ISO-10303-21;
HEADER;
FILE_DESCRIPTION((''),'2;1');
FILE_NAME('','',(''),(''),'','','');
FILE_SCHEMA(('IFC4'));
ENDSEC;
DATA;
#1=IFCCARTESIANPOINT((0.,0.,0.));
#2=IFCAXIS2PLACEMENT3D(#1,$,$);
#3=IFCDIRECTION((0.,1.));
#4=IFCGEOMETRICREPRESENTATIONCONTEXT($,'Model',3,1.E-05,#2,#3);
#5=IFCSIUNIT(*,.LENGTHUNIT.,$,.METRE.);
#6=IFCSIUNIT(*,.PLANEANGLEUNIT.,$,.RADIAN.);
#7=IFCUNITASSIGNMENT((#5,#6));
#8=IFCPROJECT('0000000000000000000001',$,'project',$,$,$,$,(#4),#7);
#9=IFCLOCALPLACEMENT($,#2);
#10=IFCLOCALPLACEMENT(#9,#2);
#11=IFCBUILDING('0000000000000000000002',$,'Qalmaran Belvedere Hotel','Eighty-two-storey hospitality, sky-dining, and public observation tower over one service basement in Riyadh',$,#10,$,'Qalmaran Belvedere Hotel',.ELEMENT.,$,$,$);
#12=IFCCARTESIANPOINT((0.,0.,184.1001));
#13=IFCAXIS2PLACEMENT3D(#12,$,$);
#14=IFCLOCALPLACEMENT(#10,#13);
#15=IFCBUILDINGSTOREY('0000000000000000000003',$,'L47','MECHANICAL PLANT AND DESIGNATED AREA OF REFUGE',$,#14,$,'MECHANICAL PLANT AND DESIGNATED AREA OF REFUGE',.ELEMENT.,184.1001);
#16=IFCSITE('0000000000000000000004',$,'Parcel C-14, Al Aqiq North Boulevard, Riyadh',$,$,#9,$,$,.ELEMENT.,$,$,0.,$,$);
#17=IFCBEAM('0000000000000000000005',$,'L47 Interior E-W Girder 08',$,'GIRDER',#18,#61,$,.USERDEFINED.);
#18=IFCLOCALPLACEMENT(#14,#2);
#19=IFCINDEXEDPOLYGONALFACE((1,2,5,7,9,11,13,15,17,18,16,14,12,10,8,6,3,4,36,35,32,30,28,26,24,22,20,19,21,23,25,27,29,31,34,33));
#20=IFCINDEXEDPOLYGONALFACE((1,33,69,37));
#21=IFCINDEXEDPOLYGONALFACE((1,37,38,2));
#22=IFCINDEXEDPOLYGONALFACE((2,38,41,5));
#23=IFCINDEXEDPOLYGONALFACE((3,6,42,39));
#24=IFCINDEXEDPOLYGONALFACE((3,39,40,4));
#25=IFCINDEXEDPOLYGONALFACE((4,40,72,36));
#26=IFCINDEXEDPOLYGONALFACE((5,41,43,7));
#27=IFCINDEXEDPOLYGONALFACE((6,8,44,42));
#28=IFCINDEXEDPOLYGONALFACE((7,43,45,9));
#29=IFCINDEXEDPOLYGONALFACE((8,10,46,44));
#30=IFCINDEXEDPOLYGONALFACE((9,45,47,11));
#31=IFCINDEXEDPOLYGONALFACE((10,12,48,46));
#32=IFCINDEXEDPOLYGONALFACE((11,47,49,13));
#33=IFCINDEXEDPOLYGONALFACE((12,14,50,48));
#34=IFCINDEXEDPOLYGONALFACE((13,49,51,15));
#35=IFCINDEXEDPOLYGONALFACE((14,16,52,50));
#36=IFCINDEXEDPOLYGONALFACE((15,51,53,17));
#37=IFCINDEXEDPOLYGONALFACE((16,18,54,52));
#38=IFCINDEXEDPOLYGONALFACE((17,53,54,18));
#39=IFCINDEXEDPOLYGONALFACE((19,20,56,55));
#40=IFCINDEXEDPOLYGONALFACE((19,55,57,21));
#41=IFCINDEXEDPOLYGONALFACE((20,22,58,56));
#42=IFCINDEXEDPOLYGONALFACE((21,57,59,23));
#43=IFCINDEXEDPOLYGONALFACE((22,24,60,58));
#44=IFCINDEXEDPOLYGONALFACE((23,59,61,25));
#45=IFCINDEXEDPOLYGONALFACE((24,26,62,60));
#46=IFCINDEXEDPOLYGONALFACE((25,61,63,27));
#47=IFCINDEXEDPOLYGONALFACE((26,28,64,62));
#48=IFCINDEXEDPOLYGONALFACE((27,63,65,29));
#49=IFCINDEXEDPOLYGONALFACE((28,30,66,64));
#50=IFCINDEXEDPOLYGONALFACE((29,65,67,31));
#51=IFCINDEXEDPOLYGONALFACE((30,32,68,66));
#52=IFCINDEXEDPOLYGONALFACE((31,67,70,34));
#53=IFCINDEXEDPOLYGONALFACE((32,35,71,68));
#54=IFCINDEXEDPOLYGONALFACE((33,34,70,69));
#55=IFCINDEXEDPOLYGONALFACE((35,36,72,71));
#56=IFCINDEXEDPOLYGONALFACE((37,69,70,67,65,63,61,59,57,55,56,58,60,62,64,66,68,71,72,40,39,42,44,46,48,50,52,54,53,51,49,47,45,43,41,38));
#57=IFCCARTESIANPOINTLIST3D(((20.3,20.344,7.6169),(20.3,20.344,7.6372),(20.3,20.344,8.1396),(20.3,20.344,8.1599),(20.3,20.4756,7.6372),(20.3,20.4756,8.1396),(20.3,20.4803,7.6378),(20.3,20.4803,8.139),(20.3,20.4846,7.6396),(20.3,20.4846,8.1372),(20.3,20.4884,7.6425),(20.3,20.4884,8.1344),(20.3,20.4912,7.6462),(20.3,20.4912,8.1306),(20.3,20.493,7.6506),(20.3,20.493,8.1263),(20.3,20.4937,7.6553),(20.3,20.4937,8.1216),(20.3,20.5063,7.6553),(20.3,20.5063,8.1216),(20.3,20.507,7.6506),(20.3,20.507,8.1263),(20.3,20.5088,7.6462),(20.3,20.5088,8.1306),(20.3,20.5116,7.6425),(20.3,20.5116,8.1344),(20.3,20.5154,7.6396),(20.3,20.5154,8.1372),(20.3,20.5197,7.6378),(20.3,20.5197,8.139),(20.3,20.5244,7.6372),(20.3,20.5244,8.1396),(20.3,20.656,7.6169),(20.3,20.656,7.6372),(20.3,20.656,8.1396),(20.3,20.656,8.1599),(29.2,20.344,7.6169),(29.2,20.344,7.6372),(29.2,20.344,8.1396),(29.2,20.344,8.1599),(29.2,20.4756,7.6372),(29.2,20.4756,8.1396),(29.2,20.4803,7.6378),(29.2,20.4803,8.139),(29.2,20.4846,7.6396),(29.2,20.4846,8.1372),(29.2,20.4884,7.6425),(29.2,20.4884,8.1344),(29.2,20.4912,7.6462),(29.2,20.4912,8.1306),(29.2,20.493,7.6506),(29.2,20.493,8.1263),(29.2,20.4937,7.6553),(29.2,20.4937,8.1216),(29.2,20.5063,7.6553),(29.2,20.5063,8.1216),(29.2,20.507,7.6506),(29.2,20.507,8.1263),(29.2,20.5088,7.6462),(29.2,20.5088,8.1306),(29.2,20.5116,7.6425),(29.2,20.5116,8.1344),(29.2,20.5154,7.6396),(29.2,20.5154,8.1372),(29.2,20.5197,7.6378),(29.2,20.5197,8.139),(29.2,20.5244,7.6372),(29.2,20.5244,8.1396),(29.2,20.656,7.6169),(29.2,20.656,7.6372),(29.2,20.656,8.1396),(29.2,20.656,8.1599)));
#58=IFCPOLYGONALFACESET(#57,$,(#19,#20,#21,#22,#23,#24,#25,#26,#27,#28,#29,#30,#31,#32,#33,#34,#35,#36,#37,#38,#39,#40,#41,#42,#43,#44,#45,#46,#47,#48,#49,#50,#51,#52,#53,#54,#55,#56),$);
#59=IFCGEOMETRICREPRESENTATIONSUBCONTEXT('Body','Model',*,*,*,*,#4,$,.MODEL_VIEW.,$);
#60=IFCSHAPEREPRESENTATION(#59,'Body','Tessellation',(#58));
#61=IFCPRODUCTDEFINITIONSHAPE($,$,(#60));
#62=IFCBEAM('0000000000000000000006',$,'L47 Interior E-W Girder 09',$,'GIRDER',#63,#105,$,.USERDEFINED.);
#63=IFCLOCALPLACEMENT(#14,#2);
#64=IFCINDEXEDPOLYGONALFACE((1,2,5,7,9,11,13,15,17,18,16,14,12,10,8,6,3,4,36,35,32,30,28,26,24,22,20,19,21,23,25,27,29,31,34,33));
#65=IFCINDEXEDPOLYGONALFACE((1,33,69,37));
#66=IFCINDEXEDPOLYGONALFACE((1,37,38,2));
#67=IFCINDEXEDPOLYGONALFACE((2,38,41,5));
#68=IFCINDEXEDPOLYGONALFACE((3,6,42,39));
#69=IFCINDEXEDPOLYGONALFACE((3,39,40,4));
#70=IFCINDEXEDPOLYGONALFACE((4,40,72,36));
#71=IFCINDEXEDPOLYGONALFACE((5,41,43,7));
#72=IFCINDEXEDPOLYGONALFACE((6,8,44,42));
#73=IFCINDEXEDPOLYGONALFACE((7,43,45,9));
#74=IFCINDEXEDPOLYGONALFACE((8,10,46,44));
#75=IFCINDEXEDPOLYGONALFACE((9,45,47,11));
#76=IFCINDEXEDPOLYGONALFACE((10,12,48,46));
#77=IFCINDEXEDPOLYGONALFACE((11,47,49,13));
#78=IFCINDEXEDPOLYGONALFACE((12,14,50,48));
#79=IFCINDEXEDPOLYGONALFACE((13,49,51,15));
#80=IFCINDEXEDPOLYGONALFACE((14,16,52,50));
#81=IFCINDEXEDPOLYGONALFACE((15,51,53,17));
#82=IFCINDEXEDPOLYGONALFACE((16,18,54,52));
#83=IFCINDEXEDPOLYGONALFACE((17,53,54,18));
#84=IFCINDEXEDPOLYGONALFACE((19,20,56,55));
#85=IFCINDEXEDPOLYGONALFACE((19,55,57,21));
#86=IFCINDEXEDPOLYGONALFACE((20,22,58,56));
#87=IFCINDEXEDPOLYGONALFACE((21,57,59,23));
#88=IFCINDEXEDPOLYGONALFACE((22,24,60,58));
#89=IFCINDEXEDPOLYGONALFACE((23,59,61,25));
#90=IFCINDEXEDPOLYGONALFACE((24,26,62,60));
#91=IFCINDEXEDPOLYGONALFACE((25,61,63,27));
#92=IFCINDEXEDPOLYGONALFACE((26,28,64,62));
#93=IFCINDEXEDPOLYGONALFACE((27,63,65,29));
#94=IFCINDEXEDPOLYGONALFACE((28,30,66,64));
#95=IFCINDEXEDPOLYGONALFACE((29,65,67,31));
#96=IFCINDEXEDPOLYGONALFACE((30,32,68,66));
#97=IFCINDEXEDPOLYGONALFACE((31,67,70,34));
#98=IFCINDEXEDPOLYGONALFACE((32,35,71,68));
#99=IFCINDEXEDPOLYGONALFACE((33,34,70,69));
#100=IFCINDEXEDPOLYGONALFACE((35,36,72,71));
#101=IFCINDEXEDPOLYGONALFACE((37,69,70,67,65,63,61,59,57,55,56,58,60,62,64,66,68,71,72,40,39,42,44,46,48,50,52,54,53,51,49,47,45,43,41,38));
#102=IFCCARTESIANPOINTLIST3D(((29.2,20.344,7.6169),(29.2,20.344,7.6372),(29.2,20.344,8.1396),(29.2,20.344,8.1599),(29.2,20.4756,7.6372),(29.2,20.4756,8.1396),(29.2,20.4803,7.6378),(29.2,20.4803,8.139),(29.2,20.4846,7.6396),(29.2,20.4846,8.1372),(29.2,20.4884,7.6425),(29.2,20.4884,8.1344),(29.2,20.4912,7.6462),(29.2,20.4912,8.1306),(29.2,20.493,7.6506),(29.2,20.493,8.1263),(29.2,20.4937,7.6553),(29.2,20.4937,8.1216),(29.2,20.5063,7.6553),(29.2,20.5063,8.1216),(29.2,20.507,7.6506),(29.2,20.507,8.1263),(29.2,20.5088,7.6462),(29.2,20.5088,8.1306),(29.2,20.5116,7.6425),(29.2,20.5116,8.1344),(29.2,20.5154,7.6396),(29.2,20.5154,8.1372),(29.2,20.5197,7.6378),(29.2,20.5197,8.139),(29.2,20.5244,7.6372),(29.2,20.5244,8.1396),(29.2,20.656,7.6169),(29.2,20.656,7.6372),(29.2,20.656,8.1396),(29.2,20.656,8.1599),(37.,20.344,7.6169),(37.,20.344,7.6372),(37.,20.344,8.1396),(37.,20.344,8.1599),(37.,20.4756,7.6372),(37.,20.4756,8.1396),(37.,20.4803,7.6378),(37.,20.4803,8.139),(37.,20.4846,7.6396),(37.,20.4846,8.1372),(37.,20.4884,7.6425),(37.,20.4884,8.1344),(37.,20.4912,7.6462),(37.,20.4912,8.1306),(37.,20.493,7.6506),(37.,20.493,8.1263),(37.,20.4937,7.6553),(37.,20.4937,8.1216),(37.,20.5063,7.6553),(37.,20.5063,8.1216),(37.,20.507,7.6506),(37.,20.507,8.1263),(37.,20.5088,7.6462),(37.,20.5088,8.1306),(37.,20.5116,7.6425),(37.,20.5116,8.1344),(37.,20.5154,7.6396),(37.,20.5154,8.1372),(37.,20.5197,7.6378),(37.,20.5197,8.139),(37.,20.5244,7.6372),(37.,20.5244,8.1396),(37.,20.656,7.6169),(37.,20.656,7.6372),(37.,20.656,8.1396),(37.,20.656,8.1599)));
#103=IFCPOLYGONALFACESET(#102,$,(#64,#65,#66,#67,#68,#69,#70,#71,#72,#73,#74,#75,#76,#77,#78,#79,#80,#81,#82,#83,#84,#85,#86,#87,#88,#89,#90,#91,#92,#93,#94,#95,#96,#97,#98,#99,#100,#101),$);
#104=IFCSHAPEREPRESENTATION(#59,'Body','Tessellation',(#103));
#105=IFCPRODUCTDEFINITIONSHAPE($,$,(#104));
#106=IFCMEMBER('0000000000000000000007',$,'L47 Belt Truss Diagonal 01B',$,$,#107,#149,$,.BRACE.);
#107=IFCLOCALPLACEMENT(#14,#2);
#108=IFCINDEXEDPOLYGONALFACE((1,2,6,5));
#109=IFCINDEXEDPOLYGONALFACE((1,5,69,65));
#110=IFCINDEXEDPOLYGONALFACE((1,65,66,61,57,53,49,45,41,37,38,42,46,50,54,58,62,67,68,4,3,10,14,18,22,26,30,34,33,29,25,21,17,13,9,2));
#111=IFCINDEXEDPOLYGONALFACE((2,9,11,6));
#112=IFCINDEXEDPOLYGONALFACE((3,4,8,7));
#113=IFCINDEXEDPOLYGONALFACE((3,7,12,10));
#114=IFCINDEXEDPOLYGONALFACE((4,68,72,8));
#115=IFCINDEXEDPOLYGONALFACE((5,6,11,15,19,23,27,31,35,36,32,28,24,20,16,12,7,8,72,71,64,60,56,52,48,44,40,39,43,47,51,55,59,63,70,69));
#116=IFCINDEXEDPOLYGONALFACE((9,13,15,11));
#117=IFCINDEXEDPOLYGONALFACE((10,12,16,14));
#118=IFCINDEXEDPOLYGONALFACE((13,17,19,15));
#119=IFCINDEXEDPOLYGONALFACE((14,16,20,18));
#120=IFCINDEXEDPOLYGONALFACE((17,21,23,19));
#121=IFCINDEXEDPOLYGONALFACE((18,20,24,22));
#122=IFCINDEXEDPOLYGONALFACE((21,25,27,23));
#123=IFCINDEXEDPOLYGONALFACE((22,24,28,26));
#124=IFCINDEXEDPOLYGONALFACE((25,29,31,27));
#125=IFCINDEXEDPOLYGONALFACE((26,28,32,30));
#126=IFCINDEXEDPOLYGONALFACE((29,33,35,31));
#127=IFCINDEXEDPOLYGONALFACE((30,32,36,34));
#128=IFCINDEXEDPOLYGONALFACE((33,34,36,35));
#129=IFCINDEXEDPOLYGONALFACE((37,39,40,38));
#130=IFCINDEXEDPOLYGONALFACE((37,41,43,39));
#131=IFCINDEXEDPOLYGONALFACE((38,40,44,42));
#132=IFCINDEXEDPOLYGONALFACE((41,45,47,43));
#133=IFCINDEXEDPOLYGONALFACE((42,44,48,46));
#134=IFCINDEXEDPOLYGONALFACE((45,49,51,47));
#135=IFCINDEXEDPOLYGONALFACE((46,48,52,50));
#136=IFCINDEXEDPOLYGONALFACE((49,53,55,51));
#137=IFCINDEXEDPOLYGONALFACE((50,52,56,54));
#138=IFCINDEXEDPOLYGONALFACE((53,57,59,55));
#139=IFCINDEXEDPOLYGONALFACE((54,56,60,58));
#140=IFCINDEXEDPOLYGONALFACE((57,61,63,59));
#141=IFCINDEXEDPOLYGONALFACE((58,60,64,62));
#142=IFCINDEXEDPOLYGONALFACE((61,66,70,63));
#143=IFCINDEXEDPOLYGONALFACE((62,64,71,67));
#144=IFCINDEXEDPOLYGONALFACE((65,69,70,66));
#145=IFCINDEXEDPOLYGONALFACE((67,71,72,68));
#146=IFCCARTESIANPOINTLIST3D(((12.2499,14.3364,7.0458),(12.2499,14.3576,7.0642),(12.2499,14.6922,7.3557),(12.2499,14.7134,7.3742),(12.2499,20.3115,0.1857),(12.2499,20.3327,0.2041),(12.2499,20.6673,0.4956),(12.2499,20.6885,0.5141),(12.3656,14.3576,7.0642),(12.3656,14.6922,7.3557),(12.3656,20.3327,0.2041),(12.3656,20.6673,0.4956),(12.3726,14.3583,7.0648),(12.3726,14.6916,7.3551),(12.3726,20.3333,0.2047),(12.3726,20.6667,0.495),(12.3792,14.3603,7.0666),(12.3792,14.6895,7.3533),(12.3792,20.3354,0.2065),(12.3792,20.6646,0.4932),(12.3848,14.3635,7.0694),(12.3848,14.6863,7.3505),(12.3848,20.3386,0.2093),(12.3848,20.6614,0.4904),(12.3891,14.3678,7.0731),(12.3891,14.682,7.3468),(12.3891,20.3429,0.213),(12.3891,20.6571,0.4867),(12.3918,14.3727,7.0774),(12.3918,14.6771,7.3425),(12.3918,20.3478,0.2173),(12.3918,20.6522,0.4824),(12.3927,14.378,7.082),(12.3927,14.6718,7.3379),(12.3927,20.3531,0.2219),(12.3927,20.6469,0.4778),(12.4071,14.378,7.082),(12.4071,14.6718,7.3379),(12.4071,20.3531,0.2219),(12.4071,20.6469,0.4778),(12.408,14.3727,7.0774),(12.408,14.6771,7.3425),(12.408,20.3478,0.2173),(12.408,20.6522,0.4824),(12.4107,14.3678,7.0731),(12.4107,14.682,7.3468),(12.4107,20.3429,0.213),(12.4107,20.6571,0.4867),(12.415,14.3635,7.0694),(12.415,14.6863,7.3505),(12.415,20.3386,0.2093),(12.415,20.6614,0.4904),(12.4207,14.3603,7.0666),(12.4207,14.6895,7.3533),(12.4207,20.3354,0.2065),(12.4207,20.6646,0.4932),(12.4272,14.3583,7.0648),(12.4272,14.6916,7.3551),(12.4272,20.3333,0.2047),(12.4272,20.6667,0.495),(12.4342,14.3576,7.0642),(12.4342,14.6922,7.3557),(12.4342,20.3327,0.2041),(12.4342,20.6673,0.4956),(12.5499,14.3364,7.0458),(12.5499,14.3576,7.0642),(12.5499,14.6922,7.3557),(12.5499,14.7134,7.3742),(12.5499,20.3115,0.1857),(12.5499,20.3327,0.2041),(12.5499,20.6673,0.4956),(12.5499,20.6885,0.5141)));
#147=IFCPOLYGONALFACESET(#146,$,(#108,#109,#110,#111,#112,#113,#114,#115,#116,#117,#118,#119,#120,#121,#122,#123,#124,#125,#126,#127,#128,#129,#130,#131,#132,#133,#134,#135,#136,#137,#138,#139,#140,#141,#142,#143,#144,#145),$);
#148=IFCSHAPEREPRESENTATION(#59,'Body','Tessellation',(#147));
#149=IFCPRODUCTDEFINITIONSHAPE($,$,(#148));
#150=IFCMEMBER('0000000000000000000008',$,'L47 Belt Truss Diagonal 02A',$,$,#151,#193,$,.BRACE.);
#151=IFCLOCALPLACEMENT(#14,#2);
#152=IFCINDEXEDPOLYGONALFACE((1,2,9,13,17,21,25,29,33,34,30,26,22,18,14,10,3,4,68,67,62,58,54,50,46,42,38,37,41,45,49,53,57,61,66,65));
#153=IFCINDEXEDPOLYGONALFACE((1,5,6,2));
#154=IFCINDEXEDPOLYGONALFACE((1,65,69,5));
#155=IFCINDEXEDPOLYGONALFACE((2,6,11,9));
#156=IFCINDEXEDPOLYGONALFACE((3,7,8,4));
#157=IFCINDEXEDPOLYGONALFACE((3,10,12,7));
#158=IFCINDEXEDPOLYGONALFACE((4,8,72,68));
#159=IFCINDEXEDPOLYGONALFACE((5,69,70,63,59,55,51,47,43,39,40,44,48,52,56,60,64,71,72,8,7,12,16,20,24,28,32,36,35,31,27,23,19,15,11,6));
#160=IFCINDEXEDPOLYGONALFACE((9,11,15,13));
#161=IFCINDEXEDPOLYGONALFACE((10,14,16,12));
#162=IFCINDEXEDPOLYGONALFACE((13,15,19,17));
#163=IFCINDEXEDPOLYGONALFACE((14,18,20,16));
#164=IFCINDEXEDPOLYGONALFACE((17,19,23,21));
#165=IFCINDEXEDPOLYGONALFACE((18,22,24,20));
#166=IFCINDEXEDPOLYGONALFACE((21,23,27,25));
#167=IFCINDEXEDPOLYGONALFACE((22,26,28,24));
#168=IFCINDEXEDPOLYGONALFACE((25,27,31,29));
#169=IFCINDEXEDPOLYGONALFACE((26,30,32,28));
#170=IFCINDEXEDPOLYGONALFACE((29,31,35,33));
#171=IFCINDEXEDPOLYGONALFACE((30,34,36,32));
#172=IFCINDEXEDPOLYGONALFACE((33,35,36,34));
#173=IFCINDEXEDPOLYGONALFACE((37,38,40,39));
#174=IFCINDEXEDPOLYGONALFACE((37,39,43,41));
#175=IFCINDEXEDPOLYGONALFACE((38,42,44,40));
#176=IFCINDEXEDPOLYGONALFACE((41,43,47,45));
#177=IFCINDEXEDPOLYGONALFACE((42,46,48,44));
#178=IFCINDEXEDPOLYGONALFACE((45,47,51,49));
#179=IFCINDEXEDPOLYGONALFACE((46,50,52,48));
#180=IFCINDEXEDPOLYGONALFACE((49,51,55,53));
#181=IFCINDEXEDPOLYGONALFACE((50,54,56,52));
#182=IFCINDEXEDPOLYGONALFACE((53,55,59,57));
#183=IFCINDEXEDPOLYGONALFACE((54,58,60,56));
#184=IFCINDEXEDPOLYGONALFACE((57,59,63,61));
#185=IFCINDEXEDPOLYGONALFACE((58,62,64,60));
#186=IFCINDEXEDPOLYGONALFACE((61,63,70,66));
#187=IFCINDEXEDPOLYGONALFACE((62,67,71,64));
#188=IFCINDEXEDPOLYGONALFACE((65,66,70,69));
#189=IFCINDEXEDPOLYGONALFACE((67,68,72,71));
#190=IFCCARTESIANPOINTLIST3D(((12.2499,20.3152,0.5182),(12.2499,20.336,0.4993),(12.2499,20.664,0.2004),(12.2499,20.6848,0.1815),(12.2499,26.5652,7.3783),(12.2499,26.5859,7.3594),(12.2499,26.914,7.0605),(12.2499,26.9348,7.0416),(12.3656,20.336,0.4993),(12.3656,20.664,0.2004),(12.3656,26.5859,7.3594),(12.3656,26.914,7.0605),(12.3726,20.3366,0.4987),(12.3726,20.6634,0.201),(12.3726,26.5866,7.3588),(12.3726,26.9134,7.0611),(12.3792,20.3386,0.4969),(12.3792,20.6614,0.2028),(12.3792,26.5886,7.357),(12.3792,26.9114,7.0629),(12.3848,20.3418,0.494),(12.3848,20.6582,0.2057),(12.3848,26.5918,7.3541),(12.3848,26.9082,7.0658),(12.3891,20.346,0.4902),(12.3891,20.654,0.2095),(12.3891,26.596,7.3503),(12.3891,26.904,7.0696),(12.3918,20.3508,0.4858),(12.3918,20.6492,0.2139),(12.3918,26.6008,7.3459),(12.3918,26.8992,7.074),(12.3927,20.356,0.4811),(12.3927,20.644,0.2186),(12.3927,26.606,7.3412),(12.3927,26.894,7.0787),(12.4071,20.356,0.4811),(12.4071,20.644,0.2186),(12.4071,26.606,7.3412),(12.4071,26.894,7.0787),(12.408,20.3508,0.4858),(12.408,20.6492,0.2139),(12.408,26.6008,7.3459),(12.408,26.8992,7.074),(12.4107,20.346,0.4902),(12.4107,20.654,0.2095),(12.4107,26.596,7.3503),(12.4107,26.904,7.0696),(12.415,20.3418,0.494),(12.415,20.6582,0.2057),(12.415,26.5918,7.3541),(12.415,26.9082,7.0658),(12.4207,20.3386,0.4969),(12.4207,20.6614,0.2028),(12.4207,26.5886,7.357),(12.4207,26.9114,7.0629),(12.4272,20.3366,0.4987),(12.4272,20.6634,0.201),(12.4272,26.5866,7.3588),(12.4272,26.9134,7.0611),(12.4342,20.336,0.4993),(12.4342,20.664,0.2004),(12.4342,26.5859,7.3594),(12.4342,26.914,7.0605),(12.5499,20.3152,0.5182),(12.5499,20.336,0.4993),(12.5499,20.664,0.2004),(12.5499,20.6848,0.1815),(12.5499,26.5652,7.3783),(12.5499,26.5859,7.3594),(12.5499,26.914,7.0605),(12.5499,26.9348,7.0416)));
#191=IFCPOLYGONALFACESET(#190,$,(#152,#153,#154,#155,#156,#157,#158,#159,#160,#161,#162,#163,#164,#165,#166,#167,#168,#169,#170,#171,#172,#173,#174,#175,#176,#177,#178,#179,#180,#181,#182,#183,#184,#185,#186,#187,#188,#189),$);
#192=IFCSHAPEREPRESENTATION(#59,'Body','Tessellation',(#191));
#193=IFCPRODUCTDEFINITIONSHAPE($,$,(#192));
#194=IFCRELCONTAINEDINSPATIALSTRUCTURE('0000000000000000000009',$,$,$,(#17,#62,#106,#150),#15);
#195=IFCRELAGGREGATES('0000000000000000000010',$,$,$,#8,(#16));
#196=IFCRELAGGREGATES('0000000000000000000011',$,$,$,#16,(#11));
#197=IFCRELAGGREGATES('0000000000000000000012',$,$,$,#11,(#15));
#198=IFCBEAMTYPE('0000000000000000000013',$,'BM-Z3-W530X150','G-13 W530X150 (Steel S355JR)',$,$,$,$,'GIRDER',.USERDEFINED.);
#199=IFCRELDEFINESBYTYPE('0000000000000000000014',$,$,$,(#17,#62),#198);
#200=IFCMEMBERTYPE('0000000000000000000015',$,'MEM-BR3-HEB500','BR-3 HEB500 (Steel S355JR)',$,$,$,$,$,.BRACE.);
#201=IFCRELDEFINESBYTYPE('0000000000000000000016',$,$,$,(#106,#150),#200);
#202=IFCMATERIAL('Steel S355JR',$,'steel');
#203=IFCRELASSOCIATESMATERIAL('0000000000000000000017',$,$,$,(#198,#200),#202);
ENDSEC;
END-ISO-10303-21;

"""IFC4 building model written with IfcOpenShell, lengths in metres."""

from ifc_helpers import new_model, si_unit, direction, frame, origin, origin_2d, place, context, subcontext, project, spatial, i_section, extrude, material, material_profile, profile_set, type_object, element, save


model = new_model("IFC4")

# Units and contexts
model_context = context("Model", 3, precision=1e-05, world=origin(), true_north=direction((0.0, 1.0)))
body_context = subcontext(model_context, "Body", "Model", "MODEL_VIEW")
ifc_project = project(units=[si_unit("LENGTHUNIT", "METRE"), si_unit("PLANEANGLEUNIT", "RADIAN")], contexts=[model_context])

# Site, building, storey
site_placement = place(None, origin())
site = spatial("IfcSite", under=ifc_project, at=site_placement, Name="Parcel C-14, Al Aqiq North Boulevard, Riyadh", CompositionType="ELEMENT", RefElevation=0.0)
building_placement = place(site_placement, origin())
building = spatial("IfcBuilding", under=site, at=building_placement, Name="Qalmaran Belvedere Hotel", Description="Eighty-two-storey hospitality, sky-dining, and public observation tower over one service basement in Riyadh", LongName="Qalmaran Belvedere Hotel", CompositionType="ELEMENT")
storey_placement = place(building_placement, frame((0.0, 0.0, 184.1001)))
storey = spatial("IfcBuildingStorey", under=building, at=storey_placement, Name="L47", Description="MECHANICAL PLANT AND DESIGNATED AREA OF REFUGE", LongName="MECHANICAL PLANT AND DESIGNATED AREA OF REFUGE", CompositionType="ELEMENT", Elevation=184.1001)

# Beams
ifc_material_1 = material(Name="Steel S355JR", Category="steel")
ifc_material_profile_1 = material_profile(ifc_material_1, i_section(OverallWidth=0.312, OverallDepth=0.543, WebThickness=0.0127, FlangeThickness=0.0203, FilletRadius=0.0181, at=origin_2d()), Name="W530X150")
ifc_profile_set_1 = profile_set([ifc_material_profile_1], Name="Steel S355JR")
beam_type_1 = type_object("IfcBeamType", Name="BM-Z3-W530X150", Description="G-13 W530X150 (Steel S355JR)", ElementType="GIRDER", PredefinedType="USERDEFINED", material=ifc_profile_set_1)
beam_1_placement = place(storey_placement, frame((20.3, 20.5, 7.8884), z_axis=(1.0, 0.0, 0.0), x_axis=(0.0, 1.0, 0.0)))
element("IfcBeam", 1, at=beam_1_placement, inside=storey, type_object=beam_type_1, Name="L47 Interior E-W Girder 08", ObjectType="GIRDER", PredefinedType="USERDEFINED", context=body_context, shape_type="SweptSolid", body=[
    extrude(i_section(OverallWidth=0.312, OverallDepth=0.543, WebThickness=0.0127, FlangeThickness=0.0203, FilletRadius=0.0181, at=origin_2d()), origin(), (0.0, 0.0, 1.0), 8.8999),
])
beam_2_placement = place(storey_placement, frame((29.2, 20.5, 7.8884), z_axis=(1.0, 0.0, 0.0), x_axis=(0.0, 1.0, 0.0)))
element("IfcBeam", 2, at=beam_2_placement, inside=storey, type_object=beam_type_1, Name="L47 Interior E-W Girder 09", ObjectType="GIRDER", PredefinedType="USERDEFINED", context=body_context, shape_type="SweptSolid", body=[
    extrude(i_section(OverallWidth=0.312, OverallDepth=0.543, WebThickness=0.0127, FlangeThickness=0.0203, FilletRadius=0.0181, at=origin_2d()), origin(), (0.0, 0.0, 1.0), 7.8),
])

# Members
ifc_material_profile_2 = material_profile(ifc_material_1, i_section(OverallWidth=0.3, OverallDepth=0.5, WebThickness=0.0144, FlangeThickness=0.0281, FilletRadius=0.0271, at=origin_2d()), Name="HEB500")
ifc_profile_set_2 = profile_set([ifc_material_profile_2], Name="Steel S355JR")
member_type_1 = type_object("IfcMemberType", Name="MEM-BR3-HEB500", Description="BR-3 HEB500 (Steel S355JR)", PredefinedType="BRACE", material=ifc_profile_set_2)
member_1_placement = place(storey_placement, frame((12.3999, 20.5, 0.3499), z_axis=(0.0, -0.656791, 0.754073), x_axis=(1.0, 0.0, 0.0)))
element("IfcMember", 3, at=member_1_placement, inside=storey, type_object=member_type_1, Name="L47 Belt Truss Diagonal 01B", PredefinedType="BRACE", context=body_context, shape_type="SweptSolid", body=[
    extrude(i_section(OverallWidth=0.3, OverallDepth=0.5, WebThickness=0.0144, FlangeThickness=0.0281, FilletRadius=0.0271, at=origin_2d()), origin(), (0.0, 0.0, 1.0), 9.0974),
])
for number, where, z_axis, x_axis, name in (
    (4, (12.3999, 20.5, 0.3499), (0.0, 0.673471, 0.739214), (-1.0, 0.0, 0.0), "L47 Belt Truss Diagonal 02A"),
):
    element("IfcMember", number, at=place(storey_placement, frame(where, z_axis=z_axis, x_axis=x_axis)), inside=storey, type_object=member_type_1, Name=name, PredefinedType="BRACE", context=body_context, shape_type="SweptSolid", body=[
        extrude(i_section(OverallWidth=0.3, OverallDepth=0.5, WebThickness=0.0144, FlangeThickness=0.0281, FilletRadius=0.0271, at=origin_2d()), origin(), (0.0, 0.0, 1.0), 9.2803),
    ])

save(model, "model.ifc")
